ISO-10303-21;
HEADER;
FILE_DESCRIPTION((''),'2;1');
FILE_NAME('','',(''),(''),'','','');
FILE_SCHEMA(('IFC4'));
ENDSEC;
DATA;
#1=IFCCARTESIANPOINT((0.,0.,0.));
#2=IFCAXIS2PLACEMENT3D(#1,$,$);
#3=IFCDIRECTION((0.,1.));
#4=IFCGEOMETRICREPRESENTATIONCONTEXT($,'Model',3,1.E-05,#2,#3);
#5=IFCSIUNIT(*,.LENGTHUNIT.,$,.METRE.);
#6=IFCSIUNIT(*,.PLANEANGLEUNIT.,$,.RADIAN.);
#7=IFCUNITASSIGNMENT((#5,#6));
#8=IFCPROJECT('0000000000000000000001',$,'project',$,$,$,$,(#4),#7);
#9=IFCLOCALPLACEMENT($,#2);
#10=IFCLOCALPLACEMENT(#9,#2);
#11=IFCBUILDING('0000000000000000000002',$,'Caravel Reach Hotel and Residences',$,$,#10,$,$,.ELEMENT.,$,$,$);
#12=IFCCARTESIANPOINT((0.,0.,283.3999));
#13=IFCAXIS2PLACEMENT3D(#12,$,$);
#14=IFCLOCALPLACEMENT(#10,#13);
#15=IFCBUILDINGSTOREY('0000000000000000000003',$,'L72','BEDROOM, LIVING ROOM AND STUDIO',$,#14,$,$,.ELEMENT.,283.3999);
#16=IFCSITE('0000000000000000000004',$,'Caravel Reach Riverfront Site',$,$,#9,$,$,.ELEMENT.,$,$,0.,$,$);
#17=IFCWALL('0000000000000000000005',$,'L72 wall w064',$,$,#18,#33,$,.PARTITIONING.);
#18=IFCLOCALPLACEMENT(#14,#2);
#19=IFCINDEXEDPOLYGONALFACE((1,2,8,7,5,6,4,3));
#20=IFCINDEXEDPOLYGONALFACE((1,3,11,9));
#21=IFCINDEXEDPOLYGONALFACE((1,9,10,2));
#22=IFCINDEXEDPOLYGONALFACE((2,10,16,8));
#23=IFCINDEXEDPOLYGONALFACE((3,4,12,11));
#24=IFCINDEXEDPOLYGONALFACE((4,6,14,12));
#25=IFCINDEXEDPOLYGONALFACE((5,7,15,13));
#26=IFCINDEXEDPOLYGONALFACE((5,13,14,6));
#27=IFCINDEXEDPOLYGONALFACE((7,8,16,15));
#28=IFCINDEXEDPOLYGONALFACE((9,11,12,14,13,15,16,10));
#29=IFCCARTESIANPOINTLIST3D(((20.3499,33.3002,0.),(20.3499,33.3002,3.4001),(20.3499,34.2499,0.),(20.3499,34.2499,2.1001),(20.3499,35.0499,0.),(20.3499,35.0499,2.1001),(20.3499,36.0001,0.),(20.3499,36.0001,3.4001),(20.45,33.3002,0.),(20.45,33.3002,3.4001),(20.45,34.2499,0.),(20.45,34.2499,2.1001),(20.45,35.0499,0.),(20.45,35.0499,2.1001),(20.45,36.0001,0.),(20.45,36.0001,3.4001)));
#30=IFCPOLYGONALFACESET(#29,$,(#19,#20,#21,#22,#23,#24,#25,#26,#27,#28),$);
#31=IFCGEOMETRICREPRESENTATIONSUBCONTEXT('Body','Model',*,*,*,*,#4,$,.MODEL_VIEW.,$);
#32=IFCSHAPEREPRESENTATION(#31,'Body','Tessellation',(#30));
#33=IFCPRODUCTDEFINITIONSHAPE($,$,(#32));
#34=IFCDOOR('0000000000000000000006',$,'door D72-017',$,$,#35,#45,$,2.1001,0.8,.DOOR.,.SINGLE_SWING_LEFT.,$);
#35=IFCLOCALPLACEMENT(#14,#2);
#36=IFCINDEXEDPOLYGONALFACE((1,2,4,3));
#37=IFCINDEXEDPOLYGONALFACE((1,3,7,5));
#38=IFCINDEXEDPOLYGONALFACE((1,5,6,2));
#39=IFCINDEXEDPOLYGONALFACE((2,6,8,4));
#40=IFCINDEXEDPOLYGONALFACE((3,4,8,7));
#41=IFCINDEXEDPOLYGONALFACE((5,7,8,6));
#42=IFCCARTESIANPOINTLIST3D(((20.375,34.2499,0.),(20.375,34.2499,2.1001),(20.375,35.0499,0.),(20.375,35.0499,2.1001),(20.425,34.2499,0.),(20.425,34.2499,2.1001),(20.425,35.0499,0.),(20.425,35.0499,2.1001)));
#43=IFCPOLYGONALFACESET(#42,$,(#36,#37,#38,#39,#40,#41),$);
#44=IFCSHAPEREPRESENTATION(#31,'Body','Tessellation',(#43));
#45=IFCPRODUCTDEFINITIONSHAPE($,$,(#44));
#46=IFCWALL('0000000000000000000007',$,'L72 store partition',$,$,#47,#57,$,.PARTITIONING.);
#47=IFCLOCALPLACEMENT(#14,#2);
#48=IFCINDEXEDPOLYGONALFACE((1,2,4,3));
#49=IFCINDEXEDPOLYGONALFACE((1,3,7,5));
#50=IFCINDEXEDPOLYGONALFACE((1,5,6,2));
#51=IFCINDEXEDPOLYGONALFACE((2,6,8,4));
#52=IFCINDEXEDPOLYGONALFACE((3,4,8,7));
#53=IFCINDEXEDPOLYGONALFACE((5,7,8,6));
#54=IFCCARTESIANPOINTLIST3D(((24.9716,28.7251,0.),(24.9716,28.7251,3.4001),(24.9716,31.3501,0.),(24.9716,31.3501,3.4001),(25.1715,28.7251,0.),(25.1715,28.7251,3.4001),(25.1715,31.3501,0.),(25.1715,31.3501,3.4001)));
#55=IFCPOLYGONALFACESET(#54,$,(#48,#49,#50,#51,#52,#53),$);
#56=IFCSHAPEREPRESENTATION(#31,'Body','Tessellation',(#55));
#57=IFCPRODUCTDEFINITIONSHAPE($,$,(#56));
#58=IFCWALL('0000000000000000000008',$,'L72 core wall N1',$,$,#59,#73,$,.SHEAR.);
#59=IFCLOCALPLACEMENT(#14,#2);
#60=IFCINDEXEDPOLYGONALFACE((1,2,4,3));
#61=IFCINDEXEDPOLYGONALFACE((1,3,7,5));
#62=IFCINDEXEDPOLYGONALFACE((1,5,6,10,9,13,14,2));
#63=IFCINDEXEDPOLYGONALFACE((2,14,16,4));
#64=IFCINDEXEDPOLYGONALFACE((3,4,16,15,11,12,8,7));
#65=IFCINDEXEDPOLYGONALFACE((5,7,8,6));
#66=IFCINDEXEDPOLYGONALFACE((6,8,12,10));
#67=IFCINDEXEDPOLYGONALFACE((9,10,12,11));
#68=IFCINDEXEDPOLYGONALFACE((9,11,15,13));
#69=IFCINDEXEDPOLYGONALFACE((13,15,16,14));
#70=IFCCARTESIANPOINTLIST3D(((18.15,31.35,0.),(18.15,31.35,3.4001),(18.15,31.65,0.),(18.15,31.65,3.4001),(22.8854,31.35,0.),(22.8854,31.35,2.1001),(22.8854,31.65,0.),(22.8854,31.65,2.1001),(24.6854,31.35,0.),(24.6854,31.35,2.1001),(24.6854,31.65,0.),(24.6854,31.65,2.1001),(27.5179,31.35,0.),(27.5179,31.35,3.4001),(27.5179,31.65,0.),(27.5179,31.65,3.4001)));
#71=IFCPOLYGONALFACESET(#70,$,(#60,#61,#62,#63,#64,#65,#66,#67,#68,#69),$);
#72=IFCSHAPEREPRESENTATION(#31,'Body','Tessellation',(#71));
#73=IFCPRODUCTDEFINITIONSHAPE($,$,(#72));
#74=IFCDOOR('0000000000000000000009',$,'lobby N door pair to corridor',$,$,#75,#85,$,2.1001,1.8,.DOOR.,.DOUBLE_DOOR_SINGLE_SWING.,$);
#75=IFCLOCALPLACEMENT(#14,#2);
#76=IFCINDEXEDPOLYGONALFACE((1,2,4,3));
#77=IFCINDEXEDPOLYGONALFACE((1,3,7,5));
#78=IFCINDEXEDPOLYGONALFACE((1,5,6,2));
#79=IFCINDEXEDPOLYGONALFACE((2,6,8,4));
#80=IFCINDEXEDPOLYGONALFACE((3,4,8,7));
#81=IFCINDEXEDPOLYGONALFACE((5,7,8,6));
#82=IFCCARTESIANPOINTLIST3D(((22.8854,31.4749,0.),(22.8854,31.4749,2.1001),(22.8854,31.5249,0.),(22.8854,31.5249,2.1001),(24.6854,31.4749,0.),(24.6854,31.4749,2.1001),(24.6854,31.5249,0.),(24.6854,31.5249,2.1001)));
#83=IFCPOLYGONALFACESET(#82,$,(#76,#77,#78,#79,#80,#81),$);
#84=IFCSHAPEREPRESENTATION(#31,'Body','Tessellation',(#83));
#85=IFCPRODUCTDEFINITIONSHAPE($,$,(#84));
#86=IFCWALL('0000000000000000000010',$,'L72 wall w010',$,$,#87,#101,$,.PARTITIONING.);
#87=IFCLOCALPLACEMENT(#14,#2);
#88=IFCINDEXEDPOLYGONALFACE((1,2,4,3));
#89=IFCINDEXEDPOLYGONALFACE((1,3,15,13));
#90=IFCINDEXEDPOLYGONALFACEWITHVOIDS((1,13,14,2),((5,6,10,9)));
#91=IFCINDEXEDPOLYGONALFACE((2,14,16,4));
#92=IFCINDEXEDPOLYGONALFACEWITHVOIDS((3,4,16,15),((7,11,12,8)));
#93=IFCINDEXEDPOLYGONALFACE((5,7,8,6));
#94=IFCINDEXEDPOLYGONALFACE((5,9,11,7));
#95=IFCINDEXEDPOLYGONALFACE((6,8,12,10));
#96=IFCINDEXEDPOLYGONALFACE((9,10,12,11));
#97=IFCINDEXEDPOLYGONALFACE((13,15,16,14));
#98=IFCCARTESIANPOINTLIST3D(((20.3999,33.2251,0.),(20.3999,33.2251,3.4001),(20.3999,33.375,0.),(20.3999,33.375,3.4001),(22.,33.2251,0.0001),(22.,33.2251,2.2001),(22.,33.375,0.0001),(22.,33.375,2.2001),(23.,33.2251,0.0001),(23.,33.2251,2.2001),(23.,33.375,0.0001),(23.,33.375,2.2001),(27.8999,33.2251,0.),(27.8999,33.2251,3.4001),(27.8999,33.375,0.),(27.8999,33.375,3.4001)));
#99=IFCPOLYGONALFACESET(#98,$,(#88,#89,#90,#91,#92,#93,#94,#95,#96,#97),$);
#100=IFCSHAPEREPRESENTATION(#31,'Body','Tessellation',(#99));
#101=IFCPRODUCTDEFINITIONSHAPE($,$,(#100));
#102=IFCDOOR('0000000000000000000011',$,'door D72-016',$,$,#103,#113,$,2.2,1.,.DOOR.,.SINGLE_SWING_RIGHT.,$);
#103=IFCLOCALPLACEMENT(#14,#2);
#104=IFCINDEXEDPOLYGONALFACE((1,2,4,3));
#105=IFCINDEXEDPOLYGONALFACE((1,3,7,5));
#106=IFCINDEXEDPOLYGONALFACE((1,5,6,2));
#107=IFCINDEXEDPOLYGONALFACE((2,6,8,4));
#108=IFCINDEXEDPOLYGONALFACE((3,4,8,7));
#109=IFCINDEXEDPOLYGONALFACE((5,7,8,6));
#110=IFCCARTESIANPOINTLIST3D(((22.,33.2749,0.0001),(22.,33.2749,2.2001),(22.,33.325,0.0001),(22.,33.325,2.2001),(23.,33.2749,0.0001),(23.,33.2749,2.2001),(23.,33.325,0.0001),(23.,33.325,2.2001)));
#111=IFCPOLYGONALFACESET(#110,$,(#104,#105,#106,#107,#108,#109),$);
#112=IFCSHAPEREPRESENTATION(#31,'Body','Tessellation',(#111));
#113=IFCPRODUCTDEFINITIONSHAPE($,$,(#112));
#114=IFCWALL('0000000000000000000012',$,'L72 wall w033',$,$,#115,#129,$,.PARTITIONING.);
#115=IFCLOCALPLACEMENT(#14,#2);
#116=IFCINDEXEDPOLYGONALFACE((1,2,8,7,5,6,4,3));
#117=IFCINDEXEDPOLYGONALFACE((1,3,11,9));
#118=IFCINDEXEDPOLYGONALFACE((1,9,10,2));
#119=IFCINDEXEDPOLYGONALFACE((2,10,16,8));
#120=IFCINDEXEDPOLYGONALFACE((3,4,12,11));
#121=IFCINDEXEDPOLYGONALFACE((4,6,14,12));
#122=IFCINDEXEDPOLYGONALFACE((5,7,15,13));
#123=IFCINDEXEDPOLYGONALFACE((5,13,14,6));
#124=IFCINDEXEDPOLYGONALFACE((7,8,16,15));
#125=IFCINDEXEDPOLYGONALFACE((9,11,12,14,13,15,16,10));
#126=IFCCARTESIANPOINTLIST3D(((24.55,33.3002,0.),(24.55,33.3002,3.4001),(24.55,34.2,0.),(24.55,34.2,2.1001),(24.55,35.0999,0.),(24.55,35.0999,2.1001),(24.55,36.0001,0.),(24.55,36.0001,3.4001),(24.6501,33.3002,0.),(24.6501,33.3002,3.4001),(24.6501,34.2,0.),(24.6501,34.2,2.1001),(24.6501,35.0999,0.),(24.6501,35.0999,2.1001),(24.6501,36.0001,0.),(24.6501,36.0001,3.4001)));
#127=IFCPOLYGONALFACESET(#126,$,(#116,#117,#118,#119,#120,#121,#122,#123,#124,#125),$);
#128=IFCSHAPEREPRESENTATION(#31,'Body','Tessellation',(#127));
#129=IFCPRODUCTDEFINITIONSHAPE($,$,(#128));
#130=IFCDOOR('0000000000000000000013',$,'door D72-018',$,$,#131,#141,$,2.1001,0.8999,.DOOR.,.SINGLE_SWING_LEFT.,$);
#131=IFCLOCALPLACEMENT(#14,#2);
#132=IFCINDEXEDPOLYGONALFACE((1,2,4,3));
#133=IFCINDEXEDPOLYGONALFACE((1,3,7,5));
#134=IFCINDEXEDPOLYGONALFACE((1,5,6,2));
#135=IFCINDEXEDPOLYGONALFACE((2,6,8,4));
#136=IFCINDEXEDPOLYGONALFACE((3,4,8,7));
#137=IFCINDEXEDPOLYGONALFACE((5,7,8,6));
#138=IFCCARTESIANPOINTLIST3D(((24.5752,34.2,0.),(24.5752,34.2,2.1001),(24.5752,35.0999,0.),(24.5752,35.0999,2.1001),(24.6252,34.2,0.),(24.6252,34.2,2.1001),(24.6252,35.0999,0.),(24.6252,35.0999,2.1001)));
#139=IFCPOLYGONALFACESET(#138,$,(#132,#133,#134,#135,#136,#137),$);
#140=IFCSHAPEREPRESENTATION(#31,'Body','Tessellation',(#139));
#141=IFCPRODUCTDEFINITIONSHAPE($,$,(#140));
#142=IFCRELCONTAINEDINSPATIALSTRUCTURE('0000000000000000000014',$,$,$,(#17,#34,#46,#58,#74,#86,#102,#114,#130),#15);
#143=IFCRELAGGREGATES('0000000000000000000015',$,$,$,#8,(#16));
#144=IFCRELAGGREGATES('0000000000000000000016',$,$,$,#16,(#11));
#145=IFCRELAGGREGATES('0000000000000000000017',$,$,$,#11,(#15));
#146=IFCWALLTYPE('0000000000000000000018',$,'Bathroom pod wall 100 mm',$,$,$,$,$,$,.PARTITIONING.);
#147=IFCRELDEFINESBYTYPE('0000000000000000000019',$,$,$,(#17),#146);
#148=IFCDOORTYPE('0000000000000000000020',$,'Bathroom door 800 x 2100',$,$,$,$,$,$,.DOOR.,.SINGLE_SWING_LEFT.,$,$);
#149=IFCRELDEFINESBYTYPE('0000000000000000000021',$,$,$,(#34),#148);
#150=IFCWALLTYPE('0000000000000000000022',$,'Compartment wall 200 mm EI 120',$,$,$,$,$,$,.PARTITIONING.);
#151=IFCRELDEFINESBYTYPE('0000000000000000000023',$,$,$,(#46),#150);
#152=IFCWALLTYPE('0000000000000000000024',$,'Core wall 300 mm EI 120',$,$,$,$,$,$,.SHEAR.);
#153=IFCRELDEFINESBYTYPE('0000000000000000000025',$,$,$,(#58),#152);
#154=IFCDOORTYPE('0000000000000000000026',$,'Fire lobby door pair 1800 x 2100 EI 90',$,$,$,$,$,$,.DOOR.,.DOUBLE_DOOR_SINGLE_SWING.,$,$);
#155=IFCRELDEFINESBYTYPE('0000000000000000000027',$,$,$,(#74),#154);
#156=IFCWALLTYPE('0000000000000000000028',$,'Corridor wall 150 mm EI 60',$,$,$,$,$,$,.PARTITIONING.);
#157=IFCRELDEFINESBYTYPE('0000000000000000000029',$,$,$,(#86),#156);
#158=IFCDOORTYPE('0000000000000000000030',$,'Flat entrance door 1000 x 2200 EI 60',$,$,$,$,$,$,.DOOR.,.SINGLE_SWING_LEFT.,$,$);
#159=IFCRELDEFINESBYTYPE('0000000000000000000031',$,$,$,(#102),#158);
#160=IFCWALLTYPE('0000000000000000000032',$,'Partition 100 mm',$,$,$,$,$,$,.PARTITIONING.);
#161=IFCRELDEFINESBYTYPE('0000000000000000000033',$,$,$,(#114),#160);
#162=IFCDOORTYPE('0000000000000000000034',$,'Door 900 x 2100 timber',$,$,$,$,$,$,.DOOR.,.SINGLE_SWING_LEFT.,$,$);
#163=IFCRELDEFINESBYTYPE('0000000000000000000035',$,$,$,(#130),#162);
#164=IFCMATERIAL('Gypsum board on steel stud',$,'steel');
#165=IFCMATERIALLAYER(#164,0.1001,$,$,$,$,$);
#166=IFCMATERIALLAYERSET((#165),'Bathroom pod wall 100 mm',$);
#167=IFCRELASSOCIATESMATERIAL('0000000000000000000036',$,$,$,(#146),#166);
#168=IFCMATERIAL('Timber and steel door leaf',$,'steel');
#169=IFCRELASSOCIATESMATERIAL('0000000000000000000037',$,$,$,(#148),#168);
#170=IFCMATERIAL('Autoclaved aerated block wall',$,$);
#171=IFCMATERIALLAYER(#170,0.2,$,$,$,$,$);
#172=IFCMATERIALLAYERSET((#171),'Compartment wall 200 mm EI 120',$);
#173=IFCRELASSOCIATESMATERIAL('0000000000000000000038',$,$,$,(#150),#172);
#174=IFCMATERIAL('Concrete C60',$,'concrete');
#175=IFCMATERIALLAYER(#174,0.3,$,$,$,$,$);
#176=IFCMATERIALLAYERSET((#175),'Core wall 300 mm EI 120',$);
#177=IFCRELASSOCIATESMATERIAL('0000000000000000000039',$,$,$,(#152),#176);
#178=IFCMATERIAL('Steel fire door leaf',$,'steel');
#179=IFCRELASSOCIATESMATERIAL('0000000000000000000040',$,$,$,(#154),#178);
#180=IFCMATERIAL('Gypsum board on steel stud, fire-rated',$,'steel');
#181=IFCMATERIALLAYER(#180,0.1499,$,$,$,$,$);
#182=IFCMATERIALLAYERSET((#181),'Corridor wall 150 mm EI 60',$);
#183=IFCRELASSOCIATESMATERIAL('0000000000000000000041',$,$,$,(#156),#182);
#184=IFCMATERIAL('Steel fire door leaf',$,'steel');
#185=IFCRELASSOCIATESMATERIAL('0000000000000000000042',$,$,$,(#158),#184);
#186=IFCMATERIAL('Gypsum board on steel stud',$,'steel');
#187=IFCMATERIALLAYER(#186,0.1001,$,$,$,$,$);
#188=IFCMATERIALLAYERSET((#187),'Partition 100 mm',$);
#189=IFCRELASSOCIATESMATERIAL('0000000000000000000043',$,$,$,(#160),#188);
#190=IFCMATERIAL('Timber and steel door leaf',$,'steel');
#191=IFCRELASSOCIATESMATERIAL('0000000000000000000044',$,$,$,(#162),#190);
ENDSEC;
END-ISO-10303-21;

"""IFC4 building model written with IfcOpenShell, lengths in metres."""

from ifc_helpers import new_model, si_unit, direction, frame, frame_2d, origin, place, context, subcontext, project, spatial, rectangle, extrude, material, layer, layer_set, type_object, element, fill, save


model = new_model("IFC4")

# Units and contexts
model_context = context("Model", 3, precision=1e-05, world=origin(), true_north=direction((0.0, 1.0)))
body_context = subcontext(model_context, "Body", "Model", "MODEL_VIEW")
ifc_project = project(units=[si_unit("LENGTHUNIT", "METRE"), si_unit("PLANEANGLEUNIT", "RADIAN")], contexts=[model_context])

# Site, building, storey
site_placement = place(None, origin())
site = spatial("IfcSite", under=ifc_project, at=site_placement, Name="Caravel Reach Riverfront Site", CompositionType="ELEMENT", RefElevation=0.0)
building_placement = place(site_placement, origin())
building = spatial("IfcBuilding", under=site, at=building_placement, Name="Caravel Reach Hotel and Residences", CompositionType="ELEMENT")
storey_placement = place(building_placement, frame((0.0, 0.0, 283.3999)))
storey = spatial("IfcBuildingStorey", under=building, at=storey_placement, Name="L72", Description="BEDROOM, LIVING ROOM AND STUDIO", CompositionType="ELEMENT", Elevation=283.3999)

# Wall, opening, door
ifc_material_1 = material(Name="Gypsum board on steel stud", Category="steel")
ifc_layer_1 = layer(ifc_material_1, 0.1001)
ifc_layer_set_1 = layer_set([ifc_layer_1], Name="Bathroom pod wall 100 mm")
wall_type_1 = type_object("IfcWallType", Name="Bathroom pod wall 100 mm", PredefinedType="PARTITIONING", material=ifc_layer_set_1)
wall_1_placement = place(storey_placement, frame((20.3999, 33.3, 0.0), z_axis=(0.0, 0.0, 1.0), x_axis=(0.0, 1.0, 0.0)))
wall_1 = element("IfcWall", 1, at=wall_1_placement, inside=storey, type_object=wall_type_1, Name="L72 wall w064", PredefinedType="PARTITIONING", context=body_context, shape_type="SweptSolid", body=[
    extrude(rectangle(XDim=2.7, YDim=0.1001, at=frame_2d((1.3501, 0.0))), origin(), (0.0, 0.0, 1.0), 3.4001),
])
opening_1_placement = place(wall_1_placement, frame((0.95, 0.0, 0.0)))
opening_1 = element("IfcOpeningElement", 2, at=opening_1_placement, cuts=wall_1, PredefinedType="OPENING", context=body_context, shape_type="SweptSolid", body=[
    extrude(rectangle(XDim=0.8, YDim=2.1001, at=frame_2d((0.3999, 1.05))), frame((0.0, 0.0601, 0.0), z_axis=(0.0, -1.0, 0.0), x_axis=(1.0, 0.0, 0.0)), (0.0, 0.0, 1.0), 0.1201),
])
ifc_material_2 = material(Name="Timber and steel door leaf", Category="steel")
door_type_1 = type_object("IfcDoorType", Name="Bathroom door 800 x 2100", OperationType="SINGLE_SWING_LEFT", PredefinedType="DOOR", material=ifc_material_2)
door_1_placement = place(opening_1_placement, origin())
door_1 = element("IfcDoor", 3, at=door_1_placement, inside=storey, type_object=door_type_1, Name="door D72-017", OperationType="SINGLE_SWING_LEFT", OverallHeight=2.1001, OverallWidth=0.8, PredefinedType="DOOR", context=body_context, shape_type="SweptSolid", body=[
    extrude(rectangle(XDim=0.8, YDim=2.1001, at=frame_2d((0.3999, 1.05))), frame((0.0, 0.0249, 0.0), z_axis=(0.0, -1.0, 0.0), x_axis=(1.0, 0.0, 0.0)), (0.0, 0.0, 1.0), 0.05),
])
fill(opening_1, door_1)

# Wall
ifc_material_3 = material(Name="Autoclaved aerated block wall")
ifc_layer_2 = layer(ifc_material_3, 0.2)
ifc_layer_set_2 = layer_set([ifc_layer_2], Name="Compartment wall 200 mm EI 120")
wall_type_2 = type_object("IfcWallType", Name="Compartment wall 200 mm EI 120", PredefinedType="PARTITIONING", material=ifc_layer_set_2)
wall_2_placement = place(storey_placement, frame((25.0715, 28.7251, 0.0), z_axis=(0.0, 0.0, 1.0), x_axis=(0.0, 1.0, 0.0)))
element("IfcWall", 4, at=wall_2_placement, inside=storey, type_object=wall_type_2, Name="L72 store partition", PredefinedType="PARTITIONING", context=body_context, shape_type="SweptSolid", body=[
    extrude(rectangle(XDim=2.625, YDim=0.2, at=frame_2d((1.3125, 0.0))), origin(), (0.0, 0.0, 1.0), 3.4001),
])

# Walls, openings, doors
ifc_material_4 = material(Name="Concrete C60", Category="concrete")
ifc_layer_3 = layer(ifc_material_4, 0.3)
ifc_layer_set_3 = layer_set([ifc_layer_3], Name="Core wall 300 mm EI 120")
wall_type_3 = type_object("IfcWallType", Name="Core wall 300 mm EI 120", PredefinedType="SHEAR", material=ifc_layer_set_3)
wall_3_placement = place(storey_placement, frame((18.1499, 31.5, 0.0), z_axis=(0.0, 0.0, 1.0), x_axis=(1.0, 0.0, 0.0)))
wall_3 = element("IfcWall", 5, at=wall_3_placement, inside=storey, type_object=wall_type_3, Name="L72 core wall N1", PredefinedType="SHEAR", context=body_context, shape_type="SweptSolid", body=[
    extrude(rectangle(XDim=9.3679, YDim=0.3, at=frame_2d((4.6841, 0.0))), origin(), (0.0, 0.0, 1.0), 3.4001),
])
opening_2_placement = place(wall_3_placement, frame((4.7356, 0.0, 0.0)))
opening_2 = element("IfcOpeningElement", 6, at=opening_2_placement, cuts=wall_3, PredefinedType="OPENING", context=body_context, shape_type="SweptSolid", body=[
    extrude(rectangle(XDim=1.8, YDim=2.1001, at=frame_2d((0.8999, 1.05))), frame((0.0, 0.1599, 0.0), z_axis=(0.0, -1.0, 0.0), x_axis=(1.0, 0.0, 0.0)), (0.0, 0.0, 1.0), 0.3201),
])
ifc_material_5 = material(Name="Steel fire door leaf", Category="steel")
door_type_2 = type_object("IfcDoorType", Name="Fire lobby door pair 1800 x 2100 EI 90", OperationType="DOUBLE_DOOR_SINGLE_SWING", PredefinedType="DOOR", material=ifc_material_5)
door_2_placement = place(opening_2_placement, origin())
door_2 = element("IfcDoor", 7, at=door_2_placement, inside=storey, type_object=door_type_2, Name="lobby N door pair to corridor", OperationType="DOUBLE_DOOR_SINGLE_SWING", OverallHeight=2.1001, OverallWidth=1.8, PredefinedType="DOOR", context=body_context, shape_type="SweptSolid", body=[
    extrude(rectangle(XDim=1.8, YDim=2.1001, at=frame_2d((0.8999, 1.05))), frame((0.0, 0.0249, 0.0), z_axis=(0.0, -1.0, 0.0), x_axis=(1.0, 0.0, 0.0)), (0.0, 0.0, 1.0), 0.05),
])
fill(opening_2, door_2)
ifc_material_6 = material(Name="Gypsum board on steel stud, fire-rated", Category="steel")
ifc_layer_4 = layer(ifc_material_6, 0.1499)
ifc_layer_set_4 = layer_set([ifc_layer_4], Name="Corridor wall 150 mm EI 60")
wall_type_4 = type_object("IfcWallType", Name="Corridor wall 150 mm EI 60", PredefinedType="PARTITIONING", material=ifc_layer_set_4)
wall_4_placement = place(storey_placement, frame((20.3999, 33.3, 0.0), z_axis=(0.0, 0.0, 1.0), x_axis=(1.0, 0.0, 0.0)))
wall_4 = element("IfcWall", 8, at=wall_4_placement, inside=storey, type_object=wall_type_4, Name="L72 wall w010", PredefinedType="PARTITIONING", context=body_context, shape_type="SweptSolid", body=[
    extrude(rectangle(XDim=7.5, YDim=0.1499, at=frame_2d((3.75, 0.0))), origin(), (0.0, 0.0, 1.0), 3.4001),
])
opening_3_placement = place(wall_4_placement, frame((1.6001, 0.0, 0.0)))
opening_3 = element("IfcOpeningElement", 9, at=opening_3_placement, cuts=wall_4, PredefinedType="OPENING", context=body_context, shape_type="SweptSolid", body=[
    extrude(rectangle(XDim=1.0, YDim=2.2, at=frame_2d((0.5, 1.1001))), frame((0.0, 0.085, 0.0), z_axis=(0.0, -1.0, 0.0), x_axis=(1.0, 0.0, 0.0)), (0.0, 0.0, 1.0), 0.1699),
])
ifc_material_7 = material(Name="Steel fire door leaf", Category="steel")
door_type_3 = type_object("IfcDoorType", Name="Flat entrance door 1000 x 2200 EI 60", OperationType="SINGLE_SWING_LEFT", PredefinedType="DOOR", material=ifc_material_7)
door_3_placement = place(opening_3_placement, origin())
door_3 = element("IfcDoor", 10, at=door_3_placement, inside=storey, type_object=door_type_3, Name="door D72-016", OperationType="SINGLE_SWING_RIGHT", OverallHeight=2.2, OverallWidth=1.0, PredefinedType="DOOR", context=body_context, shape_type="SweptSolid", body=[
    extrude(rectangle(XDim=1.0, YDim=2.2, at=frame_2d((0.5, 1.1001))), frame((0.0, 0.0249, 0.0), z_axis=(0.0, -1.0, 0.0), x_axis=(1.0, 0.0, 0.0)), (0.0, 0.0, 1.0), 0.05),
])
fill(opening_3, door_3)
ifc_material_8 = material(Name="Gypsum board on steel stud", Category="steel")
ifc_layer_5 = layer(ifc_material_8, 0.1001)
ifc_layer_set_5 = layer_set([ifc_layer_5], Name="Partition 100 mm")
wall_type_5 = type_object("IfcWallType", Name="Partition 100 mm", PredefinedType="PARTITIONING", material=ifc_layer_set_5)
wall_5_placement = place(storey_placement, frame((24.6001, 33.3, 0.0), z_axis=(0.0, 0.0, 1.0), x_axis=(0.0, 1.0, 0.0)))
wall_5 = element("IfcWall", 11, at=wall_5_placement, inside=storey, type_object=wall_type_5, Name="L72 wall w033", PredefinedType="PARTITIONING", context=body_context, shape_type="SweptSolid", body=[
    extrude(rectangle(XDim=2.7, YDim=0.1001, at=frame_2d((1.3501, 0.0))), origin(), (0.0, 0.0, 1.0), 3.4001),
])
opening_4_placement = place(wall_5_placement, frame((0.8999, 0.0, 0.0)))
opening_4 = element("IfcOpeningElement", 12, at=opening_4_placement, cuts=wall_5, PredefinedType="OPENING", context=body_context, shape_type="SweptSolid", body=[
    extrude(rectangle(XDim=0.8999, YDim=2.1001, at=frame_2d((0.45, 1.05))), frame((0.0, 0.0601, 0.0), z_axis=(0.0, -1.0, 0.0), x_axis=(1.0, 0.0, 0.0)), (0.0, 0.0, 1.0), 0.1201),
])
ifc_material_9 = material(Name="Timber and steel door leaf", Category="steel")
door_type_4 = type_object("IfcDoorType", Name="Door 900 x 2100 timber", OperationType="SINGLE_SWING_LEFT", PredefinedType="DOOR", material=ifc_material_9)
door_4_placement = place(opening_4_placement, origin())
door_4 = element("IfcDoor", 13, at=door_4_placement, inside=storey, type_object=door_type_4, Name="door D72-018", OperationType="SINGLE_SWING_LEFT", OverallHeight=2.1001, OverallWidth=0.8999, PredefinedType="DOOR", context=body_context, shape_type="SweptSolid", body=[
    extrude(rectangle(XDim=0.8999, YDim=2.1001, at=frame_2d((0.45, 1.05))), frame((0.0, 0.0249, 0.0), z_axis=(0.0, -1.0, 0.0), x_axis=(1.0, 0.0, 0.0)), (0.0, 0.0, 1.0), 0.05),
])
fill(opening_4, door_4)

save(model, "model.ifc")
